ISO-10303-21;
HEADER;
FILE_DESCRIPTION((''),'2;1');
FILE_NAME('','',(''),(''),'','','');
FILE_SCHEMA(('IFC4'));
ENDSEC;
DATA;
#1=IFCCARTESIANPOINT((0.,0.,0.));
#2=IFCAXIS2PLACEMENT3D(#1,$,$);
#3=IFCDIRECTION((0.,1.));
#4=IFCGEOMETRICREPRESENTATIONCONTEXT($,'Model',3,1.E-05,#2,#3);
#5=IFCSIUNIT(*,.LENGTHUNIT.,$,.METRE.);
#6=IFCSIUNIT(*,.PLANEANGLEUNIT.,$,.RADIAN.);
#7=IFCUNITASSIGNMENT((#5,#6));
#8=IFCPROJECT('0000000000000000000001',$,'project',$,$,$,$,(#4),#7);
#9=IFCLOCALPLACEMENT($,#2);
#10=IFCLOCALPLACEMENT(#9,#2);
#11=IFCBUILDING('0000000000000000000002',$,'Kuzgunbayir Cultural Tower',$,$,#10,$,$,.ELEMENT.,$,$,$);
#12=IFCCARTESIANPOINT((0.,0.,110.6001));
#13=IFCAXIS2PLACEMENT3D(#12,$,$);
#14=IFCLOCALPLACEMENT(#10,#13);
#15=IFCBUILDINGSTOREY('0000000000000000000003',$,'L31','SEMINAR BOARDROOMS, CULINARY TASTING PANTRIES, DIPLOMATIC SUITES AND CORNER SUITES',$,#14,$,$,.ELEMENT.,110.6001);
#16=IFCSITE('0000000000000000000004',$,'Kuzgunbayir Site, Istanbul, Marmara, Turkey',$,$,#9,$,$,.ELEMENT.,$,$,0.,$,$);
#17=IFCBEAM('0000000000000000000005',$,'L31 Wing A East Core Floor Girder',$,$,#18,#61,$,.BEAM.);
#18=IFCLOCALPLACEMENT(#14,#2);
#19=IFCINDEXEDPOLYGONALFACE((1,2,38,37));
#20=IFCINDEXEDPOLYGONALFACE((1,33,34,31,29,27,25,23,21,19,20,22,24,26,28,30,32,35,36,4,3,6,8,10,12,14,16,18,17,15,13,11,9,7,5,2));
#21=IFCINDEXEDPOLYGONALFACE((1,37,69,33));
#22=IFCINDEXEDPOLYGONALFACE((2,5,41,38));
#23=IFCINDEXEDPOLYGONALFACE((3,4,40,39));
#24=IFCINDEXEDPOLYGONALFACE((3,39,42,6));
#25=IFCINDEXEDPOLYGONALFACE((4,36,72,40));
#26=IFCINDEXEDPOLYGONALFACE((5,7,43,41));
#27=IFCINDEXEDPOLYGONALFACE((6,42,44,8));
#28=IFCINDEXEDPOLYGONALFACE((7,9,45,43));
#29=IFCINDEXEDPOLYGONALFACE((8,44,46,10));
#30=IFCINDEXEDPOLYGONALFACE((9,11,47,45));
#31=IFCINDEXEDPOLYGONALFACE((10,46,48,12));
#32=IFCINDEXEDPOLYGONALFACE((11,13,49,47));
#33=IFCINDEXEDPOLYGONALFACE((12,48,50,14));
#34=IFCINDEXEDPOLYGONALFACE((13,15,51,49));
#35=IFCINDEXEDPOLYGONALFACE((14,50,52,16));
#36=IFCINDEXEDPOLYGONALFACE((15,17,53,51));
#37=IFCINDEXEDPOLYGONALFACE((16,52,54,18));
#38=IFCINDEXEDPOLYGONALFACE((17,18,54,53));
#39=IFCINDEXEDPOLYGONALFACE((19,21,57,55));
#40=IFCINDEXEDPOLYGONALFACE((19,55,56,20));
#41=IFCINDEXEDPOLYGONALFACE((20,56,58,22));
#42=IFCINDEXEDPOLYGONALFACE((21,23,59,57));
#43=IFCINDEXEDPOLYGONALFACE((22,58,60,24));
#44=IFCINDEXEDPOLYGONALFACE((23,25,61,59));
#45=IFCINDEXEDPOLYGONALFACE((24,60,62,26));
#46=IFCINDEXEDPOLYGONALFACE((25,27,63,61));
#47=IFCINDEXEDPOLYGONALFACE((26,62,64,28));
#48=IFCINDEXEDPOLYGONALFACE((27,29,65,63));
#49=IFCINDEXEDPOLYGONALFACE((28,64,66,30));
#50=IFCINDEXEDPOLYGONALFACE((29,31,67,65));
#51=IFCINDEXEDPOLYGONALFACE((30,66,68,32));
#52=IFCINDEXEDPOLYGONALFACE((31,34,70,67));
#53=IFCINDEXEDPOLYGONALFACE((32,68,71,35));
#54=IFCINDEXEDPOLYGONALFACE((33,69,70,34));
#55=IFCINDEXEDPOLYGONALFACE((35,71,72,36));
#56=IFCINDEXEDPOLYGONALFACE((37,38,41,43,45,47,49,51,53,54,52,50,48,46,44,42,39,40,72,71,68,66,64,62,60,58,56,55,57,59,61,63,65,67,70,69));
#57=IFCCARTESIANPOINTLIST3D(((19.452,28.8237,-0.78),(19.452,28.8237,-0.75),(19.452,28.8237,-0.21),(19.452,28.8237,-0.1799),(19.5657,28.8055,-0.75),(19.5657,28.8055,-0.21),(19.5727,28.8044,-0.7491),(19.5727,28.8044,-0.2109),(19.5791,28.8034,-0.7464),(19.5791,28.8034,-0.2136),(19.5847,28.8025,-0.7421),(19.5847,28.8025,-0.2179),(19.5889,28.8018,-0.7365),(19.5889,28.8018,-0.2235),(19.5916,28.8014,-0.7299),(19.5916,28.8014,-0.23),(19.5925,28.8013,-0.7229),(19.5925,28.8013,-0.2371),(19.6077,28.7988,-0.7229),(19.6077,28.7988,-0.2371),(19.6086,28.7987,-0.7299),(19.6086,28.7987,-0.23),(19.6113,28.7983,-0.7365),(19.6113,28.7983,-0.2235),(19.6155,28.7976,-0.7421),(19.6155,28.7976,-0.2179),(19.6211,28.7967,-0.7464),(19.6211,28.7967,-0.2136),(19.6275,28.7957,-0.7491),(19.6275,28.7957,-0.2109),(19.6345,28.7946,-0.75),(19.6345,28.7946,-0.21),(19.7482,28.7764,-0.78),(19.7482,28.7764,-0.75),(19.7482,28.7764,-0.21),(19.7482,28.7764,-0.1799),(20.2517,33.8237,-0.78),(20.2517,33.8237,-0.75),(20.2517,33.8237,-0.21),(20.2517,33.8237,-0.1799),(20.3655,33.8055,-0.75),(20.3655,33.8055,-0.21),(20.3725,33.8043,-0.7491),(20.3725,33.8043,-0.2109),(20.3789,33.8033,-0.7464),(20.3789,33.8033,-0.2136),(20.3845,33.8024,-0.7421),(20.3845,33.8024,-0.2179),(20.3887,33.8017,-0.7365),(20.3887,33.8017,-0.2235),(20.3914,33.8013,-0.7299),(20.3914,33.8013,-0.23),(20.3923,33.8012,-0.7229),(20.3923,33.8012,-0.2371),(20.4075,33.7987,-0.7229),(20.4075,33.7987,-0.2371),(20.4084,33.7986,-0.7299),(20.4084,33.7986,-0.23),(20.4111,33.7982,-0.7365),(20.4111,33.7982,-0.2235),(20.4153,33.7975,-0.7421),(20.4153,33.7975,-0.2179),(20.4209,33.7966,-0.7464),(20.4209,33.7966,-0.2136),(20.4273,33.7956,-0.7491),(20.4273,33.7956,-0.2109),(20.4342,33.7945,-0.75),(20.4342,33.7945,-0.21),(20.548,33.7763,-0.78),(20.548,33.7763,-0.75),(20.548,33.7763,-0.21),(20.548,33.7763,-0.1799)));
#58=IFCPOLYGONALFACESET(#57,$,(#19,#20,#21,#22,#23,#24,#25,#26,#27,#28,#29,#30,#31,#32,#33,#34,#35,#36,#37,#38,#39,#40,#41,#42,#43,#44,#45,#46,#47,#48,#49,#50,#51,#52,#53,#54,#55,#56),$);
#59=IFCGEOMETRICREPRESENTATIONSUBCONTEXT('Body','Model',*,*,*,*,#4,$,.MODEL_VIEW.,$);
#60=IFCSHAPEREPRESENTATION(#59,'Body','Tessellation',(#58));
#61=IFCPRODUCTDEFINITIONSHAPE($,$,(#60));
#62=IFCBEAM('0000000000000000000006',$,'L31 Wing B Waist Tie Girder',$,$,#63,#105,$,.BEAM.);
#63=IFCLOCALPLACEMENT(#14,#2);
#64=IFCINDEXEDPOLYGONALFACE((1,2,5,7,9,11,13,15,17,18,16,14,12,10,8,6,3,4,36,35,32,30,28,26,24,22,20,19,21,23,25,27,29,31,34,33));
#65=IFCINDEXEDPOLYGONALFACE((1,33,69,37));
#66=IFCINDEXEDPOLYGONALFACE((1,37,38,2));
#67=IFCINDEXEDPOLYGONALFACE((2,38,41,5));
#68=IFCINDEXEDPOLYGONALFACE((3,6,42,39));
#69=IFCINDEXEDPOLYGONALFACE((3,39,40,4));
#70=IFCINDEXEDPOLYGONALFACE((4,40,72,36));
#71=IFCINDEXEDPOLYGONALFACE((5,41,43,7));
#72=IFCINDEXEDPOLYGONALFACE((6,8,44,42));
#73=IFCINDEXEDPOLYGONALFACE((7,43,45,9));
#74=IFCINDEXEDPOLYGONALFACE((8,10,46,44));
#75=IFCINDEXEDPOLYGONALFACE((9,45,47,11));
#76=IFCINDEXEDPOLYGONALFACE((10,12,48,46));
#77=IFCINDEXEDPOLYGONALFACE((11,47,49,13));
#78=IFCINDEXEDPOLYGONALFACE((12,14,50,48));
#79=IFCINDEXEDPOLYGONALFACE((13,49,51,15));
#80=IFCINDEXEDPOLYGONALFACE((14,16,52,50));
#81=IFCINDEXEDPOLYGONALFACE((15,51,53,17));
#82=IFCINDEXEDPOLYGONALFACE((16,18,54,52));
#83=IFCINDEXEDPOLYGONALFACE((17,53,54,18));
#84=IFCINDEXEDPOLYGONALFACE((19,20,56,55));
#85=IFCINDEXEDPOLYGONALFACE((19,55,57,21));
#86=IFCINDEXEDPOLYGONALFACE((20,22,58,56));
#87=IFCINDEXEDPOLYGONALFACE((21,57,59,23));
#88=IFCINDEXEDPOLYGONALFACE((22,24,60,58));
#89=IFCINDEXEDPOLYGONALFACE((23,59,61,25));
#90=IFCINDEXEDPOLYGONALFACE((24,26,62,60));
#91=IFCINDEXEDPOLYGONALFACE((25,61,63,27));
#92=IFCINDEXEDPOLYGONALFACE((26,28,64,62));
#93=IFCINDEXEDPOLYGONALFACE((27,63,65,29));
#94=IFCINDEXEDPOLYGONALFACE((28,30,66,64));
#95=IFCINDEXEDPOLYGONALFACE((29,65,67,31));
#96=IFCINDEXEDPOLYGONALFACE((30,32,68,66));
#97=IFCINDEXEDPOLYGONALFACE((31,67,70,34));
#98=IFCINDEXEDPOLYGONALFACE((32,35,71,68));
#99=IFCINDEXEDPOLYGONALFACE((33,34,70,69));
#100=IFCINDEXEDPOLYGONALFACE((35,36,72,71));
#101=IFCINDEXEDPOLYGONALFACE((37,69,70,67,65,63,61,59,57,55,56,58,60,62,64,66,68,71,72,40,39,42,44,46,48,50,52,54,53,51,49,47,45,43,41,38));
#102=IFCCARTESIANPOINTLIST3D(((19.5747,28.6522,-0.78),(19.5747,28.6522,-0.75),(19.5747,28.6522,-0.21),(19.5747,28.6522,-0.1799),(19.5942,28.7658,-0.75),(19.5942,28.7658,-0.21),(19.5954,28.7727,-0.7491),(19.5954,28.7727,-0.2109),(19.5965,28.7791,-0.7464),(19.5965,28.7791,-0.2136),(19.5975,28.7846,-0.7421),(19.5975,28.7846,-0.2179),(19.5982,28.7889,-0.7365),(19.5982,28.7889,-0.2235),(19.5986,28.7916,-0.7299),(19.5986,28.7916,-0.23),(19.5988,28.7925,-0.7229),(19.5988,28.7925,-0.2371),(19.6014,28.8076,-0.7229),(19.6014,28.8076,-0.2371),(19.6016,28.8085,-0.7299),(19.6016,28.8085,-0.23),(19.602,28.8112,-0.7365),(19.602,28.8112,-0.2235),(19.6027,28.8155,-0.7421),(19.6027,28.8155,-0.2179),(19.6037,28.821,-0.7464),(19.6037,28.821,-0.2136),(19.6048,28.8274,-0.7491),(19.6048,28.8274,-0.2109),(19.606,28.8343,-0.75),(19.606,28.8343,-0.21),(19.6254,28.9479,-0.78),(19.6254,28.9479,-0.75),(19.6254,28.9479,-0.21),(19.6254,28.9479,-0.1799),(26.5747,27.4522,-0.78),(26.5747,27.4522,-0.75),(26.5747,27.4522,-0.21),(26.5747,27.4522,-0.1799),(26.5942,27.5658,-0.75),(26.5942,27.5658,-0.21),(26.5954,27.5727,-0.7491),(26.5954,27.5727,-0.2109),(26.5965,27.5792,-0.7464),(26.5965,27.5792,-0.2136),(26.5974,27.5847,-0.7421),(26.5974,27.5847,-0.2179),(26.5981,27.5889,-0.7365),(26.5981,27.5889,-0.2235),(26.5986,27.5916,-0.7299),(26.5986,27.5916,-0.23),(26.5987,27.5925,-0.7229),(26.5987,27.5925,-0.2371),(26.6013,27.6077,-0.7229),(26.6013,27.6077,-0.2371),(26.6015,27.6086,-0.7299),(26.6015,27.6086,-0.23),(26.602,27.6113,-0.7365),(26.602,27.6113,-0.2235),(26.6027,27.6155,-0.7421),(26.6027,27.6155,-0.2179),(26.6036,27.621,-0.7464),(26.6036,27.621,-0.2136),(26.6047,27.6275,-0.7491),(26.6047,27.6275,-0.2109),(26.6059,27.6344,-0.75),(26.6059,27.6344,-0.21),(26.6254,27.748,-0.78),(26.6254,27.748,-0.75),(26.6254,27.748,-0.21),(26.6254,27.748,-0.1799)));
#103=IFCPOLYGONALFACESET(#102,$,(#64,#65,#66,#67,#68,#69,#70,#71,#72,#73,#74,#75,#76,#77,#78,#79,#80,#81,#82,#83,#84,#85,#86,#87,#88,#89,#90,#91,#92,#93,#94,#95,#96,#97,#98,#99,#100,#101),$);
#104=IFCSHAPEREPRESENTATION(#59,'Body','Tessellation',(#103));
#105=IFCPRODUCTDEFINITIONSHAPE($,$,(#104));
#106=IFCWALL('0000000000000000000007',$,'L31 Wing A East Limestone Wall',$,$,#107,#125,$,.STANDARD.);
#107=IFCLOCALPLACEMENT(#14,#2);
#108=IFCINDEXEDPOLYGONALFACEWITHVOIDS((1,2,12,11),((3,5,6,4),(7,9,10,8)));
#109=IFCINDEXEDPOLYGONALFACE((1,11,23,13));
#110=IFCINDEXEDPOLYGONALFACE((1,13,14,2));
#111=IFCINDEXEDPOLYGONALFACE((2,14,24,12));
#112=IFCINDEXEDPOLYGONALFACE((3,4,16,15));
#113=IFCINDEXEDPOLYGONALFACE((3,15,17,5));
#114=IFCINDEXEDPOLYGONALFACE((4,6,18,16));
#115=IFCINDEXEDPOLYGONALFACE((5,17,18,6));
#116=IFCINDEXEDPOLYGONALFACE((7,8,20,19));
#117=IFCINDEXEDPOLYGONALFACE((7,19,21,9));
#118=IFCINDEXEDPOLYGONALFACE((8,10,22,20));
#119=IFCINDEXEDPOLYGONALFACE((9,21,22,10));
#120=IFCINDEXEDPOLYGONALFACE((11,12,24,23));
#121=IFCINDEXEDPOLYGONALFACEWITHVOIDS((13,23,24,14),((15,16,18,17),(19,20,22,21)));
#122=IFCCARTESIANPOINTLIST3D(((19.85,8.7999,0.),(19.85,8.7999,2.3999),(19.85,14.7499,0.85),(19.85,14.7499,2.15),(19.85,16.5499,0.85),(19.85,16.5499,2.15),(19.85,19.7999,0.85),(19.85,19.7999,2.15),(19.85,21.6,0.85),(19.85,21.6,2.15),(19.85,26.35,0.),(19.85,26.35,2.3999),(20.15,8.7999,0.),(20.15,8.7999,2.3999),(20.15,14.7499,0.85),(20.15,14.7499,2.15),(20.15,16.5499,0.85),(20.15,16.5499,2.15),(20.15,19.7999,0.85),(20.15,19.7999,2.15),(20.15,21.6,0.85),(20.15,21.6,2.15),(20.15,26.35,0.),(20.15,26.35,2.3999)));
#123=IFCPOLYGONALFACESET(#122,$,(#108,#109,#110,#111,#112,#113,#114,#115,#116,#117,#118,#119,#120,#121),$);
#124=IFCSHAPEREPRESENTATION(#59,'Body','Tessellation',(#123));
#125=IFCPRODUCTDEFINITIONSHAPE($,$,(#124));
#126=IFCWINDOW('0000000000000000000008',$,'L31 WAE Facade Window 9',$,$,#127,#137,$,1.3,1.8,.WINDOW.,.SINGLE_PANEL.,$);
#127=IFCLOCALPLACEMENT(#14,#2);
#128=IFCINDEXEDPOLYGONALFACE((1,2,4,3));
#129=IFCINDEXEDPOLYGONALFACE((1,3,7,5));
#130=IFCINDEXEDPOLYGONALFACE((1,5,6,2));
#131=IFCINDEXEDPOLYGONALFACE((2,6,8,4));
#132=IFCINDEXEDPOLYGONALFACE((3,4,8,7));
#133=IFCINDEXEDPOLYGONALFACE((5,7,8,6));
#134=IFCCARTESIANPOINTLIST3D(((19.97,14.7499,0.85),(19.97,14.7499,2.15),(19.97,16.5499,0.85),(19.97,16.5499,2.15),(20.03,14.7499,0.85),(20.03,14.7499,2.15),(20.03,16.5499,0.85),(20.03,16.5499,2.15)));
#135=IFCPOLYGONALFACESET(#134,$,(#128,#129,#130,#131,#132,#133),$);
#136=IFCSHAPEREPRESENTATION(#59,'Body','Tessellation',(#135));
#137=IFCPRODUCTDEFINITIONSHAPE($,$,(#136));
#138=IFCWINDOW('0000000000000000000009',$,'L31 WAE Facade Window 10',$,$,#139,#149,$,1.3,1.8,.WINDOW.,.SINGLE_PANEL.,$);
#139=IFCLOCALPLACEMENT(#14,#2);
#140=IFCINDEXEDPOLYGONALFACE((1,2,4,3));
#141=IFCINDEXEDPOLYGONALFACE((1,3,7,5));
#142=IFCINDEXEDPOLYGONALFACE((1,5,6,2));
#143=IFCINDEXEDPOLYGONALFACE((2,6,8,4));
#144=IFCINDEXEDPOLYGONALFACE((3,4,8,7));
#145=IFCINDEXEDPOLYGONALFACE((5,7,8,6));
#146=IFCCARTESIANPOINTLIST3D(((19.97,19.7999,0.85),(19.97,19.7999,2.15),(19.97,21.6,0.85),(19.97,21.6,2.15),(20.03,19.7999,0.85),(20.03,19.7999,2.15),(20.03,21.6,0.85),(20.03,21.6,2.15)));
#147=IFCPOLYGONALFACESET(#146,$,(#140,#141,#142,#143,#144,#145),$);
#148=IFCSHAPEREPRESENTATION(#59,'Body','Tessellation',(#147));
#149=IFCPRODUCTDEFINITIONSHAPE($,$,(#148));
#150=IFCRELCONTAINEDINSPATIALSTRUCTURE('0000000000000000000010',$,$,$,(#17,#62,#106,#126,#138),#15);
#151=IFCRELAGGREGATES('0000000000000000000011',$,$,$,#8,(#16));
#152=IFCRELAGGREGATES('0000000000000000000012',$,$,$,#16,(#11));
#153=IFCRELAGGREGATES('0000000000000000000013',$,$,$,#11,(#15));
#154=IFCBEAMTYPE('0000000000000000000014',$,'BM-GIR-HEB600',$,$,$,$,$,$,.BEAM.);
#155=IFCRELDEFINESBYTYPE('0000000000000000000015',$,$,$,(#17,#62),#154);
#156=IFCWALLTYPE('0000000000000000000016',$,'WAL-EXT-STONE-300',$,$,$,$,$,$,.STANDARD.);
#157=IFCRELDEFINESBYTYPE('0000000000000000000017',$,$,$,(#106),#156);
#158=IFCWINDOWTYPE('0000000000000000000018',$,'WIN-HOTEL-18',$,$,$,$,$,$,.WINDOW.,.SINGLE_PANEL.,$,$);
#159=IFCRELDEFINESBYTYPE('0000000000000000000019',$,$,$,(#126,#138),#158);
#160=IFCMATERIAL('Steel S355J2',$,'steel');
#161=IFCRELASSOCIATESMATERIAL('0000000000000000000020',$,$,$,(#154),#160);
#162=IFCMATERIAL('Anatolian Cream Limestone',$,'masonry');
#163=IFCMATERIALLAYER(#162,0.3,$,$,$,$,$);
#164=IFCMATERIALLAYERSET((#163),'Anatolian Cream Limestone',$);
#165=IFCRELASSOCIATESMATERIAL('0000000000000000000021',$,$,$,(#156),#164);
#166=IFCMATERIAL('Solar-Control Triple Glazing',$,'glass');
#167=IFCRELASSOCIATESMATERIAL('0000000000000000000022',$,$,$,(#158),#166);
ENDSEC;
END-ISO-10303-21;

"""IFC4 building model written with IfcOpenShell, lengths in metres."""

from ifc_helpers import new_model, si_unit, direction, frame, frame_2d, origin, origin_2d, place, context, subcontext, project, spatial, rectangle, i_section, extrude, material, layer, layer_set, material_profile, profile_set, type_object, element, fill, save


model = new_model("IFC4")

# Units and contexts
model_context = context("Model", 3, precision=1e-05, world=origin(), true_north=direction((0.0, 1.0)))
body_context = subcontext(model_context, "Body", "Model", "MODEL_VIEW")
ifc_project = project(units=[si_unit("LENGTHUNIT", "METRE"), si_unit("PLANEANGLEUNIT", "RADIAN")], contexts=[model_context])

# Site, building, storey
site_placement = place(None, origin())
site = spatial("IfcSite", under=ifc_project, at=site_placement, Name="Kuzgunbayir Site, Istanbul, Marmara, Turkey", CompositionType="ELEMENT", RefElevation=0.0)
building_placement = place(site_placement, origin())
building = spatial("IfcBuilding", under=site, at=building_placement, Name="Kuzgunbayir Cultural Tower", CompositionType="ELEMENT")
storey_placement = place(building_placement, frame((0.0, 0.0, 110.6001)))
storey = spatial("IfcBuildingStorey", under=building, at=storey_placement, Name="L31", Description="SEMINAR BOARDROOMS, CULINARY TASTING PANTRIES, DIPLOMATIC SUITES AND CORNER SUITES", CompositionType="ELEMENT", Elevation=110.6001)

# Beams
ifc_material_1 = material(Name="Steel S355J2", Category="steel")
ifc_material_profile_1 = material_profile(ifc_material_1, i_section(OverallWidth=0.3, OverallDepth=0.6001, WebThickness=0.0154, FlangeThickness=0.03, FilletRadius=0.0271, at=origin_2d()), Name="HEB 600")
ifc_profile_set_1 = profile_set([ifc_material_profile_1], Name="Steel S355J2")
beam_type_1 = type_object("IfcBeamType", Name="BM-GIR-HEB600", PredefinedType="BEAM", material=ifc_profile_set_1)
beam_1_placement = place(storey_placement, frame((19.6001, 28.8, -0.48), z_axis=(0.157953, 0.987447, 0.0), x_axis=(-0.987447, 0.157953, 0.0)))
element("IfcBeam", 1, at=beam_1_placement, inside=storey, type_object=beam_type_1, Name="L31 Wing A East Core Floor Girder", PredefinedType="BEAM", context=body_context, shape_type="SweptSolid", body=[
    extrude(i_section(OverallWidth=0.3, OverallDepth=0.6001, WebThickness=0.0154, FlangeThickness=0.03, FilletRadius=0.0271, at=origin_2d()), origin(), (0.0, 0.0, 1.0), 5.0635),
])
beam_2_placement = place(storey_placement, frame((19.6001, 28.8, -0.48), z_axis=(0.985623, -0.168957, 0.0), x_axis=(0.168957, 0.985623, 0.0)))
element("IfcBeam", 2, at=beam_2_placement, inside=storey, type_object=beam_type_1, Name="L31 Wing B Waist Tie Girder", PredefinedType="BEAM", context=body_context, shape_type="SweptSolid", body=[
    extrude(i_section(OverallWidth=0.3, OverallDepth=0.6001, WebThickness=0.0154, FlangeThickness=0.03, FilletRadius=0.0271, at=origin_2d()), origin(), (0.0, 0.0, 1.0), 7.1021),
])

# Wall, openings, windows
ifc_material_2 = material(Name="Anatolian Cream Limestone", Category="masonry")
ifc_layer_1 = layer(ifc_material_2, 0.3)
ifc_layer_set_1 = layer_set([ifc_layer_1], Name="Anatolian Cream Limestone")
wall_type_1 = type_object("IfcWallType", Name="WAL-EXT-STONE-300", PredefinedType="STANDARD", material=ifc_layer_set_1)
wall_1_placement = place(storey_placement, frame((20.0, 8.8, 0.0), z_axis=(0.0, 0.0, 1.0), x_axis=(0.0, 1.0, 0.0)))
wall_1 = element("IfcWall", 3, at=wall_1_placement, inside=storey, type_object=wall_type_1, Name="L31 Wing A East Limestone Wall", PredefinedType="STANDARD", context=body_context, shape_type="SweptSolid", body=[
    extrude(rectangle(XDim=17.55, YDim=0.3, at=frame_2d((8.7749, 0.0))), origin(), (0.0, 0.0, 1.0), 2.3999),
])
opening_1_placement = place(wall_1_placement, frame((5.95, 0.0, 0.8501)))
opening_1 = element("IfcOpeningElement", 4, at=opening_1_placement, cuts=wall_1, PredefinedType="OPENING", context=body_context, shape_type="SweptSolid", body=[
    extrude(rectangle(XDim=1.8, YDim=1.3, at=frame_2d((0.8999, 0.6499))), frame((0.0, 0.1602, 0.0), z_axis=(0.0, -1.0, 0.0), x_axis=(1.0, 0.0, 0.0)), (0.0, 0.0, 1.0), 0.3201),
])
opening_2_placement = place(wall_1_placement, frame((11.0, 0.0, 0.8501)))
opening_2 = element("IfcOpeningElement", 5, at=opening_2_placement, cuts=wall_1, PredefinedType="OPENING", context=body_context, shape_type="SweptSolid", body=[
    extrude(rectangle(XDim=1.8, YDim=1.3, at=frame_2d((0.8999, 0.6499))), frame((0.0, 0.1602, 0.0), z_axis=(0.0, -1.0, 0.0), x_axis=(1.0, 0.0, 0.0)), (0.0, 0.0, 1.0), 0.3201),
])
ifc_material_3 = material(Name="Solar-Control Triple Glazing", Category="glass")
window_type = type_object("IfcWindowType", Name="WIN-HOTEL-18", PartitioningType="SINGLE_PANEL", PredefinedType="WINDOW", material=ifc_material_3)
window_1_placement = place(opening_1_placement, origin())
window_1 = element("IfcWindow", 6, at=window_1_placement, inside=storey, type_object=window_type, Name="L31 WAE Facade Window 9", OverallHeight=1.3, OverallWidth=1.8, PartitioningType="SINGLE_PANEL", PredefinedType="WINDOW", context=body_context, shape_type="SweptSolid", body=[
    extrude(rectangle(XDim=1.8, YDim=1.3, at=frame_2d((0.8999, 0.6499))), frame((0.0, 0.03, 0.0), z_axis=(0.0, -1.0, 0.0), x_axis=(1.0, 0.0, 0.0)), (0.0, 0.0, 1.0), 0.0601),
])
fill(opening_1, window_1)
window_2_placement = place(opening_2_placement, origin())
window_2 = element("IfcWindow", 7, at=window_2_placement, inside=storey, type_object=window_type, Name="L31 WAE Facade Window 10", OverallHeight=1.3, OverallWidth=1.8, PartitioningType="SINGLE_PANEL", PredefinedType="WINDOW", context=body_context, shape_type="SweptSolid", body=[
    extrude(rectangle(XDim=1.8, YDim=1.3, at=frame_2d((0.8999, 0.6499))), frame((0.0, 0.03, 0.0), z_axis=(0.0, -1.0, 0.0), x_axis=(1.0, 0.0, 0.0)), (0.0, 0.0, 1.0), 0.0601),
])
fill(opening_2, window_2)

save(model, "model.ifc")
